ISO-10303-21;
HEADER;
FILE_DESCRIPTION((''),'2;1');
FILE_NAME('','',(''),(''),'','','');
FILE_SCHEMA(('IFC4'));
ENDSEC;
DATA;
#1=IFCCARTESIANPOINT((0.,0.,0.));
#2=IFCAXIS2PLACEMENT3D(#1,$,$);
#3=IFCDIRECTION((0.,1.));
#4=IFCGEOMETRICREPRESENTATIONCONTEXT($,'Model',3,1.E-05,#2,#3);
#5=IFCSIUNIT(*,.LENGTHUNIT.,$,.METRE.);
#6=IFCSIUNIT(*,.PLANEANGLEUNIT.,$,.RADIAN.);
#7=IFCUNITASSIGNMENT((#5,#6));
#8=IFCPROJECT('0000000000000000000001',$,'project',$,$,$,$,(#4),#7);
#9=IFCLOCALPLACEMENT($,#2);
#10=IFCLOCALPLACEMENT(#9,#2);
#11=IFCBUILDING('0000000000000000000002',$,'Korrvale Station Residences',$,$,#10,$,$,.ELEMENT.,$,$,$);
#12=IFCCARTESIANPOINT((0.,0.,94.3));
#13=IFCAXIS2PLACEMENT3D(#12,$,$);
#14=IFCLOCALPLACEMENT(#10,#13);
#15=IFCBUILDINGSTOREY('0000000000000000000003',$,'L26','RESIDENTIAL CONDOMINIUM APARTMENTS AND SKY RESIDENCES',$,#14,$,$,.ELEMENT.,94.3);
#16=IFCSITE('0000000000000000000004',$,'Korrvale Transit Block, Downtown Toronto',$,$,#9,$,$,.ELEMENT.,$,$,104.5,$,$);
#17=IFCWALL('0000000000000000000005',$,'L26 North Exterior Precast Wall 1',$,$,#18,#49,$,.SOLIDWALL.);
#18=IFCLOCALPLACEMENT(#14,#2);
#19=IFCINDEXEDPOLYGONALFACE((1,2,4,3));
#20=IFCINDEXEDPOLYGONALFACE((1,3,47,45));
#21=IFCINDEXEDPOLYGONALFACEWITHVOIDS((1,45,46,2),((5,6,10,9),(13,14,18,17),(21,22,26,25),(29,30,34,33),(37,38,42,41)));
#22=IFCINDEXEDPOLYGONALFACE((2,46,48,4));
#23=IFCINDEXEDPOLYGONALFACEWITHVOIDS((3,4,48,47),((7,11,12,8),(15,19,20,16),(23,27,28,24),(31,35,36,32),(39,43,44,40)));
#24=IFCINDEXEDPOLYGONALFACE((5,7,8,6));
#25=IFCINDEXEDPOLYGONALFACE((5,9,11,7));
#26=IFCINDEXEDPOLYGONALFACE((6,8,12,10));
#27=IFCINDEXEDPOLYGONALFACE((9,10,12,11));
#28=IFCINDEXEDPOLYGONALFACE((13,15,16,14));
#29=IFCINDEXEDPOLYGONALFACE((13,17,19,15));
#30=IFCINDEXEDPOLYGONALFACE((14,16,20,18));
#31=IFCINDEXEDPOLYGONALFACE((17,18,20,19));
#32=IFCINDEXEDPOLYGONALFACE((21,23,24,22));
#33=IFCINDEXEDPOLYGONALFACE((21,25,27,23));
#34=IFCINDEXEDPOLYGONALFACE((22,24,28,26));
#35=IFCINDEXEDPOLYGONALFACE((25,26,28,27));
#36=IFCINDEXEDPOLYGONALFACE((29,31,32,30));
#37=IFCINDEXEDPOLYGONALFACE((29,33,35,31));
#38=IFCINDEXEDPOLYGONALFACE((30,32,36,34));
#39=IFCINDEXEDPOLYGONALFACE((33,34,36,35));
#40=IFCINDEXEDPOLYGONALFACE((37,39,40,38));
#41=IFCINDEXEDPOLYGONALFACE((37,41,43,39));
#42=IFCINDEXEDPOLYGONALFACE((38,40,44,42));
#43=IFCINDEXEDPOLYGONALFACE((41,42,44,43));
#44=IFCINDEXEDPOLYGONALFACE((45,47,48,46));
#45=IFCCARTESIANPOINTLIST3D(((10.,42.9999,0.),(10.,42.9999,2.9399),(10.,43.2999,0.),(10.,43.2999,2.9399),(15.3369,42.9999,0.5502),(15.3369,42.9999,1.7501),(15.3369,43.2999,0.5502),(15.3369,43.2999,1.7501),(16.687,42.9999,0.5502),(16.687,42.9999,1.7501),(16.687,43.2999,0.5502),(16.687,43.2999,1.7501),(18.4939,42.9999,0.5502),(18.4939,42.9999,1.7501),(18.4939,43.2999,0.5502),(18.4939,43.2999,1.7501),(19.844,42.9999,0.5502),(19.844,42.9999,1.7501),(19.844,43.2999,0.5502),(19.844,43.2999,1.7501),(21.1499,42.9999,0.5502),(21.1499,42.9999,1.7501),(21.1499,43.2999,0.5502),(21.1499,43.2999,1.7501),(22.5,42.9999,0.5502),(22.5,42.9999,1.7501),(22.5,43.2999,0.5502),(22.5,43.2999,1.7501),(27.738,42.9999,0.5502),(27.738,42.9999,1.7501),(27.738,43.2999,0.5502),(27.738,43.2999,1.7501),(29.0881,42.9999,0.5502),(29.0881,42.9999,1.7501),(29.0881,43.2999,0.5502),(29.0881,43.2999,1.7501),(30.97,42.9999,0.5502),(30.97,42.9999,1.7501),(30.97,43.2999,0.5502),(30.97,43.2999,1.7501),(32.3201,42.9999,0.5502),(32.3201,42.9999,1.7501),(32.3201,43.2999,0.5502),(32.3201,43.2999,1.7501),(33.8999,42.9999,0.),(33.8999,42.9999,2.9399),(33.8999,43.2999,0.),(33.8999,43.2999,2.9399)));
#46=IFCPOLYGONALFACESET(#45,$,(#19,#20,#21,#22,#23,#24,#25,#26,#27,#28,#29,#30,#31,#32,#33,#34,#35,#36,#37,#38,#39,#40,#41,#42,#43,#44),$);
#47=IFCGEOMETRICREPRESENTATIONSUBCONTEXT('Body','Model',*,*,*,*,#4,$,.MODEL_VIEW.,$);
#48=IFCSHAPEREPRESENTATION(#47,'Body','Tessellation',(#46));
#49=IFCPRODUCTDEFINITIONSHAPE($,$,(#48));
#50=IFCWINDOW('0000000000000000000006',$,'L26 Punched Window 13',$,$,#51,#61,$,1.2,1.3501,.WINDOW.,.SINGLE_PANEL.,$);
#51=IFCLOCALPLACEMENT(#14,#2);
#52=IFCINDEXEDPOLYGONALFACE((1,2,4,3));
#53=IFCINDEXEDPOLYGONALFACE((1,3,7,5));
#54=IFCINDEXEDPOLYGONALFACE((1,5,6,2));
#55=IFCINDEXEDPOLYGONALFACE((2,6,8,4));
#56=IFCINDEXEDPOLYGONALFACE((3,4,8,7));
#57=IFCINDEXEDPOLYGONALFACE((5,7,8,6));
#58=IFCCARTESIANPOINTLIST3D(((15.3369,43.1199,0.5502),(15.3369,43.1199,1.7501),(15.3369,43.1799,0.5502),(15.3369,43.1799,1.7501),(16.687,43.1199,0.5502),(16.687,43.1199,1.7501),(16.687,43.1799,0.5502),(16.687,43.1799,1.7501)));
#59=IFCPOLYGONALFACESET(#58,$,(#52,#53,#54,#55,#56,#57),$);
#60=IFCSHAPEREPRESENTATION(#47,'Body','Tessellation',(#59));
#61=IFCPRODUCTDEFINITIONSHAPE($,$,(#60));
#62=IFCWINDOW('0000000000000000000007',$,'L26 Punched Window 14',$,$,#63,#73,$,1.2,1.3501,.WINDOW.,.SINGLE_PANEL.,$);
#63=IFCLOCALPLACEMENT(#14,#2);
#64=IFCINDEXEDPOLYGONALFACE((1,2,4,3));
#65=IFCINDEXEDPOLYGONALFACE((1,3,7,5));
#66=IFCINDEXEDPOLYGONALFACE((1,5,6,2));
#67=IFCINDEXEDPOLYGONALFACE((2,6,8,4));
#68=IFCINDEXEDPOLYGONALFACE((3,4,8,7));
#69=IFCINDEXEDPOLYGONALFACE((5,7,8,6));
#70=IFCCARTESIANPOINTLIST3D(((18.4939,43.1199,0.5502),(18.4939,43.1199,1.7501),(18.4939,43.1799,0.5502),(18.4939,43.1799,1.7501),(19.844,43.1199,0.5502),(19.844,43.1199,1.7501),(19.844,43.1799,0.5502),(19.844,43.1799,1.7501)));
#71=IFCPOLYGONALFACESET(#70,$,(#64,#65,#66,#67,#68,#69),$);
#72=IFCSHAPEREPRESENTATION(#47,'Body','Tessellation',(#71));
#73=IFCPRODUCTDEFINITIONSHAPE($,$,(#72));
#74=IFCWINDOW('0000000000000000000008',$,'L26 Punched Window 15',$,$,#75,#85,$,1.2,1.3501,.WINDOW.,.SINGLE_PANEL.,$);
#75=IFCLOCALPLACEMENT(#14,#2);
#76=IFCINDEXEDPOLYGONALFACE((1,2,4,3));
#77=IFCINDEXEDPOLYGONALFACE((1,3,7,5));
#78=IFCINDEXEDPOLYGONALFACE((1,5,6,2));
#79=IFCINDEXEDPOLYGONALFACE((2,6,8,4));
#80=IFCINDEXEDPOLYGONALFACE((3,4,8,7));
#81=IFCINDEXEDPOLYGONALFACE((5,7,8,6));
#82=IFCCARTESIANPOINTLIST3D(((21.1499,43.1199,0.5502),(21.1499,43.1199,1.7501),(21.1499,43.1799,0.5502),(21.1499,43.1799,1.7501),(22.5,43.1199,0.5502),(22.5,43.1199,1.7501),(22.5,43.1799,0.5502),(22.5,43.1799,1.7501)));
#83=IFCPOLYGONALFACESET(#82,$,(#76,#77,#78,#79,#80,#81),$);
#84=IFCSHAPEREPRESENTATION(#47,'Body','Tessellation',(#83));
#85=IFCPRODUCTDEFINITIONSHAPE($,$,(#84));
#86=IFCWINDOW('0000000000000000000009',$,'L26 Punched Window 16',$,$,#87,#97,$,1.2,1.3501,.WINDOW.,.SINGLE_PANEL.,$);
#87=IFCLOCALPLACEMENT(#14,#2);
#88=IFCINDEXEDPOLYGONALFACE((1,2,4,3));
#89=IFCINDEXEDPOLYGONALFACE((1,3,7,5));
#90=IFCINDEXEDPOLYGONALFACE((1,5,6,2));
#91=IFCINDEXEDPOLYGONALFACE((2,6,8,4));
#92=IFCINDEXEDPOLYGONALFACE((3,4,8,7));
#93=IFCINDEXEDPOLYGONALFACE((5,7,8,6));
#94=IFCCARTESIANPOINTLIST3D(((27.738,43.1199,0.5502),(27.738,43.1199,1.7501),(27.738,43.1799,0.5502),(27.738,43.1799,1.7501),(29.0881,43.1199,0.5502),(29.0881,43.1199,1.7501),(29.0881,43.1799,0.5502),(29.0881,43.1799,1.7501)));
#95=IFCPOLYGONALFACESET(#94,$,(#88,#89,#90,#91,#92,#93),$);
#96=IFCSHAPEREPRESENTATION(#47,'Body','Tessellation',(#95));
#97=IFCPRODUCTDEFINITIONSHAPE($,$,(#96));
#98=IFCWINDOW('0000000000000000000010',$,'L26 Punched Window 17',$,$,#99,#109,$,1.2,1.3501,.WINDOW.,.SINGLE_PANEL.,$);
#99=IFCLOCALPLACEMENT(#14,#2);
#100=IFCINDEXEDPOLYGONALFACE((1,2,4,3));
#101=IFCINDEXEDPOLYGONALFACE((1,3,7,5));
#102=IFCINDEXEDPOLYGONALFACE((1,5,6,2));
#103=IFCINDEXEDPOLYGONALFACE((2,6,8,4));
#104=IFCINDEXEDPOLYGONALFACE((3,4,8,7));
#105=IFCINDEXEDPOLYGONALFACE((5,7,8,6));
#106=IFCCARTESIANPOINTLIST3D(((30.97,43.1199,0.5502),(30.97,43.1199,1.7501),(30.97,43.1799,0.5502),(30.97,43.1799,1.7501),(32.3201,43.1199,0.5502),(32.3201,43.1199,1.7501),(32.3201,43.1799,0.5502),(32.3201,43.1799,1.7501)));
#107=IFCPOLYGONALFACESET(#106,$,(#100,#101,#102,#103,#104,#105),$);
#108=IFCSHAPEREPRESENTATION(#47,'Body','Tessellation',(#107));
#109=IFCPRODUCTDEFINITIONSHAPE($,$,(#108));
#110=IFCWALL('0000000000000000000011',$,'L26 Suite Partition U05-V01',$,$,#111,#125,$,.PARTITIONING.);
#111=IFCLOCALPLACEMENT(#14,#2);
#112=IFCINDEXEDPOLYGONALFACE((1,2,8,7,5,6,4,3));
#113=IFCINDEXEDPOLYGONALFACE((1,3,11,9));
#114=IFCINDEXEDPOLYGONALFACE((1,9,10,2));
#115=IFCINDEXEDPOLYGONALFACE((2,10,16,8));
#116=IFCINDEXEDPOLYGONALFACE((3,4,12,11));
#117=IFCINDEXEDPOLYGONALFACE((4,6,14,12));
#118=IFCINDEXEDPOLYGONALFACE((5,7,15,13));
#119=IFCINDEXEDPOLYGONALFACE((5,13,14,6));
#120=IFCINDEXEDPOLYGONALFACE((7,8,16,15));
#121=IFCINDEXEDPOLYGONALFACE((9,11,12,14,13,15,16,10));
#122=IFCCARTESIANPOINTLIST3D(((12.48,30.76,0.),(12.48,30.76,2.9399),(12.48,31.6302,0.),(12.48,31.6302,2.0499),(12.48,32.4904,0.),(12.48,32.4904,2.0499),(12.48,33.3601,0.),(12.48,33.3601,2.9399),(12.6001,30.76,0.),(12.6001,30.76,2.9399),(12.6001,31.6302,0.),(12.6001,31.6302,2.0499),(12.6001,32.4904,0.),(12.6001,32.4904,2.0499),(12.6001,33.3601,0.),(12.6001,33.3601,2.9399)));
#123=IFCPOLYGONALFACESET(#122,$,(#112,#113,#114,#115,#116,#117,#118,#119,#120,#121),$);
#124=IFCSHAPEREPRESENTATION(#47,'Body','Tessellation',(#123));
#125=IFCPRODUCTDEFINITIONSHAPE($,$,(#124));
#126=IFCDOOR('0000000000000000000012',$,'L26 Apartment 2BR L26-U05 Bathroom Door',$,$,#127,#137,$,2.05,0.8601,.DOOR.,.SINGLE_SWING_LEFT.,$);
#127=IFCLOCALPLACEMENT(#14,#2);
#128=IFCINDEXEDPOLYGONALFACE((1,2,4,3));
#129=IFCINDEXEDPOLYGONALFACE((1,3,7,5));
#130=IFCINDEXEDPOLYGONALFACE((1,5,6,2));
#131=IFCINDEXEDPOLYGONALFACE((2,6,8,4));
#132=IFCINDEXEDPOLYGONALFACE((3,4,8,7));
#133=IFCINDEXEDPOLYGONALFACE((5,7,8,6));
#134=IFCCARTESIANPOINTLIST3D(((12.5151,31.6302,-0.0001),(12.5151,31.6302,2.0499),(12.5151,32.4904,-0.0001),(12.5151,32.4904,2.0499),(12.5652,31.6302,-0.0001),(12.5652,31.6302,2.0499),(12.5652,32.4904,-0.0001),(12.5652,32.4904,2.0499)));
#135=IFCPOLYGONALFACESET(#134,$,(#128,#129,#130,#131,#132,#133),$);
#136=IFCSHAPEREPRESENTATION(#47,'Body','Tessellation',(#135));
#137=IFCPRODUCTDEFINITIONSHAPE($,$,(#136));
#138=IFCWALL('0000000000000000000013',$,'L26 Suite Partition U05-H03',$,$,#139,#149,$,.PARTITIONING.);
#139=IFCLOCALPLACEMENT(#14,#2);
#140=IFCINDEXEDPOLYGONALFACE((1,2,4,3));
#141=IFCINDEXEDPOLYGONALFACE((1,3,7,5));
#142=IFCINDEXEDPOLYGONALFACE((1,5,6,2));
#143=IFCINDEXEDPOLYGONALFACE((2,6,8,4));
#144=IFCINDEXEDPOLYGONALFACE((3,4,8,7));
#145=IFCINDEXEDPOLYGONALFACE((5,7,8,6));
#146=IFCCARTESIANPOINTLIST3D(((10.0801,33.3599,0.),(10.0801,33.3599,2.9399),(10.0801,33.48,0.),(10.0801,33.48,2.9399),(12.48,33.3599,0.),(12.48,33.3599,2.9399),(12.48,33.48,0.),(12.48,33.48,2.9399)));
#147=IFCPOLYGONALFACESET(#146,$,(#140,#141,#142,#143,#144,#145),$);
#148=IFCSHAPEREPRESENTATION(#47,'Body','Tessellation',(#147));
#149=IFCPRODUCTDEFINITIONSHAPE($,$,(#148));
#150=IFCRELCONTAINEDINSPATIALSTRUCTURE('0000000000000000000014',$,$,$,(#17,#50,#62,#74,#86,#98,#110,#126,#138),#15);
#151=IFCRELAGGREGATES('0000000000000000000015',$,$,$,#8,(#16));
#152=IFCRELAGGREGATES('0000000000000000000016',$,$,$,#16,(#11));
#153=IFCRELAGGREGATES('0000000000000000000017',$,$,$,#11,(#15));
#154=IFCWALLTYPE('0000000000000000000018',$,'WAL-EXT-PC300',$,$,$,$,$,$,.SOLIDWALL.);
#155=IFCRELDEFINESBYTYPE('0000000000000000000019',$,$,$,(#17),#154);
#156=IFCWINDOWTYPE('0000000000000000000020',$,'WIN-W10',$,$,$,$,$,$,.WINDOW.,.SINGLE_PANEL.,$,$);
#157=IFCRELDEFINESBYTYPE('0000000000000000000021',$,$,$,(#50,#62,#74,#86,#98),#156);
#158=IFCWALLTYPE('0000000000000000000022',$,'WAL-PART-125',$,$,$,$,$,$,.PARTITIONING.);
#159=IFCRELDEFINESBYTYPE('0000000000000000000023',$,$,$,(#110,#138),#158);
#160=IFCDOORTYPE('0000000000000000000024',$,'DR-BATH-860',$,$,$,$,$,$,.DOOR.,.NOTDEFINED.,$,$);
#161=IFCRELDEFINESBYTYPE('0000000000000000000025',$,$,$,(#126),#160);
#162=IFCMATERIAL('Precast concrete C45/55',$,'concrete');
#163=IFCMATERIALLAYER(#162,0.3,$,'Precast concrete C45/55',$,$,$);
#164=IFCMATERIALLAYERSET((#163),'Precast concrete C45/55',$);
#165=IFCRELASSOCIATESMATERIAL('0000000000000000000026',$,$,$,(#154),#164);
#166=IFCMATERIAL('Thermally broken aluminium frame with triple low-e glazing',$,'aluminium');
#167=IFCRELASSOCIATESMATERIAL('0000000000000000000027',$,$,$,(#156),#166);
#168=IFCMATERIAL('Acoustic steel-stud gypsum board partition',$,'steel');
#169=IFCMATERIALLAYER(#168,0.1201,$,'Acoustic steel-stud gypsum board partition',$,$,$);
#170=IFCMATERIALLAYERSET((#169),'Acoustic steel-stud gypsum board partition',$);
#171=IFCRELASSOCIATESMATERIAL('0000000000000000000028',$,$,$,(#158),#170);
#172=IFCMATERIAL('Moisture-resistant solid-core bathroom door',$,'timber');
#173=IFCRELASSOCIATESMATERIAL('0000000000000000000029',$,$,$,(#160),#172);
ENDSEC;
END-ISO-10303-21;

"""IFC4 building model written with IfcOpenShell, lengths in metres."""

from ifc_helpers import new_model, si_unit, direction, frame, frame_2d, origin, place, context, subcontext, project, spatial, rectangle, extrude, material, layer, layer_set, type_object, element, fill, save


model = new_model("IFC4")

# Units and contexts
model_context = context("Model", 3, precision=1e-05, world=origin(), true_north=direction((0.0, 1.0)))
body_context = subcontext(model_context, "Body", "Model", "MODEL_VIEW")
ifc_project = project(units=[si_unit("LENGTHUNIT", "METRE"), si_unit("PLANEANGLEUNIT", "RADIAN")], contexts=[model_context])

# Site, building, storey
site_placement = place(None, origin())
site = spatial("IfcSite", under=ifc_project, at=site_placement, Name="Korrvale Transit Block, Downtown Toronto", CompositionType="ELEMENT", RefElevation=104.5)
building_placement = place(site_placement, origin())
building = spatial("IfcBuilding", under=site, at=building_placement, Name="Korrvale Station Residences", CompositionType="ELEMENT")
storey_placement = place(building_placement, frame((0.0, 0.0, 94.3)))
storey = spatial("IfcBuildingStorey", under=building, at=storey_placement, Name="L26", Description="RESIDENTIAL CONDOMINIUM APARTMENTS AND SKY RESIDENCES", CompositionType="ELEMENT", Elevation=94.3)

# Shared definitions
ifc_material_1 = material(Name="Precast concrete C45/55", Category="concrete")

# Wall, openings, windows
ifc_layer_1 = layer(ifc_material_1, 0.3, Name="Precast concrete C45/55")
ifc_layer_set_1 = layer_set([ifc_layer_1], Name="Precast concrete C45/55")
wall_type_1 = type_object("IfcWallType", Name="WAL-EXT-PC300", PredefinedType="SOLIDWALL", material=ifc_layer_set_1)
wall_1_placement = place(storey_placement, frame((10.0, 43.1499, 0.0), z_axis=(0.0, 0.0, 1.0), x_axis=(1.0, 0.0, 0.0)))
wall_1 = element("IfcWall", 1, at=wall_1_placement, inside=storey, type_object=wall_type_1, Name="L26 North Exterior Precast Wall 1", PredefinedType="SOLIDWALL", context=body_context, shape_type="SweptSolid", body=[
    extrude(rectangle(XDim=23.8999, YDim=0.3, at=frame_2d((11.95, 0.0))), origin(), (0.0, 0.0, 1.0), 2.9399),
])
opening_1_placement = place(wall_1_placement, frame((5.3369, 0.0, 0.55)))
opening_1 = element("IfcOpeningElement", 2, at=opening_1_placement, cuts=wall_1, PredefinedType="OPENING", context=body_context, shape_type="SweptSolid", body=[
    extrude(rectangle(XDim=1.3501, YDim=1.2, at=frame_2d((0.675, 0.6001))), frame((0.0, 0.1602, 0.0), z_axis=(0.0, -1.0, 0.0), x_axis=(1.0, 0.0, 0.0)), (0.0, 0.0, 1.0), 0.3201),
])
opening_2_placement = place(wall_1_placement, frame((8.4939, 0.0, 0.55)))
opening_2 = element("IfcOpeningElement", 3, at=opening_2_placement, cuts=wall_1, PredefinedType="OPENING", context=body_context, shape_type="SweptSolid", body=[
    extrude(rectangle(XDim=1.3501, YDim=1.2, at=frame_2d((0.675, 0.6001))), frame((0.0, 0.1602, 0.0), z_axis=(0.0, -1.0, 0.0), x_axis=(1.0, 0.0, 0.0)), (0.0, 0.0, 1.0), 0.3201),
])
opening_3_placement = place(wall_1_placement, frame((11.1499, 0.0, 0.55)))
opening_3 = element("IfcOpeningElement", 4, at=opening_3_placement, cuts=wall_1, PredefinedType="OPENING", context=body_context, shape_type="SweptSolid", body=[
    extrude(rectangle(XDim=1.3501, YDim=1.2, at=frame_2d((0.675, 0.6001))), frame((0.0, 0.1602, 0.0), z_axis=(0.0, -1.0, 0.0), x_axis=(1.0, 0.0, 0.0)), (0.0, 0.0, 1.0), 0.3201),
])
opening_4_placement = place(wall_1_placement, frame((17.738, 0.0, 0.55)))
opening_4 = element("IfcOpeningElement", 5, at=opening_4_placement, cuts=wall_1, PredefinedType="OPENING", context=body_context, shape_type="SweptSolid", body=[
    extrude(rectangle(XDim=1.3501, YDim=1.2, at=frame_2d((0.675, 0.6001))), frame((0.0, 0.1602, 0.0), z_axis=(0.0, -1.0, 0.0), x_axis=(1.0, 0.0, 0.0)), (0.0, 0.0, 1.0), 0.3201),
])
opening_5_placement = place(wall_1_placement, frame((20.97, 0.0, 0.55)))
opening_5 = element("IfcOpeningElement", 6, at=opening_5_placement, cuts=wall_1, PredefinedType="OPENING", context=body_context, shape_type="SweptSolid", body=[
    extrude(rectangle(XDim=1.3501, YDim=1.2, at=frame_2d((0.675, 0.6001))), frame((0.0, 0.1602, 0.0), z_axis=(0.0, -1.0, 0.0), x_axis=(1.0, 0.0, 0.0)), (0.0, 0.0, 1.0), 0.3201),
])
ifc_material_2 = material(Name="Thermally broken aluminium frame with triple low-e glazing", Category="aluminium")
window_type = type_object("IfcWindowType", Name="WIN-W10", PartitioningType="SINGLE_PANEL", PredefinedType="WINDOW", material=ifc_material_2)
window_1_placement = place(opening_1_placement, origin())
window_1 = element("IfcWindow", 7, at=window_1_placement, inside=storey, type_object=window_type, Name="L26 Punched Window 13", OverallHeight=1.2, OverallWidth=1.3501, PartitioningType="SINGLE_PANEL", PredefinedType="WINDOW", context=body_context, shape_type="SweptSolid", body=[
    extrude(rectangle(XDim=1.3501, YDim=1.2, at=frame_2d((0.675, 0.6001))), frame((0.0, 0.03, 0.0), z_axis=(0.0, -1.0, 0.0), x_axis=(1.0, 0.0, 0.0)), (0.0, 0.0, 1.0), 0.0601),
])
fill(opening_1, window_1)
window_2_placement = place(opening_2_placement, origin())
window_2 = element("IfcWindow", 8, at=window_2_placement, inside=storey, type_object=window_type, Name="L26 Punched Window 14", OverallHeight=1.2, OverallWidth=1.3501, PartitioningType="SINGLE_PANEL", PredefinedType="WINDOW", context=body_context, shape_type="SweptSolid", body=[
    extrude(rectangle(XDim=1.3501, YDim=1.2, at=frame_2d((0.675, 0.6001))), frame((0.0, 0.03, 0.0), z_axis=(0.0, -1.0, 0.0), x_axis=(1.0, 0.0, 0.0)), (0.0, 0.0, 1.0), 0.0601),
])
fill(opening_2, window_2)
window_3_placement = place(opening_3_placement, origin())
window_3 = element("IfcWindow", 9, at=window_3_placement, inside=storey, type_object=window_type, Name="L26 Punched Window 15", OverallHeight=1.2, OverallWidth=1.3501, PartitioningType="SINGLE_PANEL", PredefinedType="WINDOW", context=body_context, shape_type="SweptSolid", body=[
    extrude(rectangle(XDim=1.3501, YDim=1.2, at=frame_2d((0.675, 0.6001))), frame((0.0, 0.03, 0.0), z_axis=(0.0, -1.0, 0.0), x_axis=(1.0, 0.0, 0.0)), (0.0, 0.0, 1.0), 0.0601),
])
fill(opening_3, window_3)
window_4_placement = place(opening_4_placement, origin())
window_4 = element("IfcWindow", 10, at=window_4_placement, inside=storey, type_object=window_type, Name="L26 Punched Window 16", OverallHeight=1.2, OverallWidth=1.3501, PartitioningType="SINGLE_PANEL", PredefinedType="WINDOW", context=body_context, shape_type="SweptSolid", body=[
    extrude(rectangle(XDim=1.3501, YDim=1.2, at=frame_2d((0.675, 0.6001))), frame((0.0, 0.03, 0.0), z_axis=(0.0, -1.0, 0.0), x_axis=(1.0, 0.0, 0.0)), (0.0, 0.0, 1.0), 0.0601),
])
fill(opening_4, window_4)
window_5_placement = place(opening_5_placement, origin())
window_5 = element("IfcWindow", 11, at=window_5_placement, inside=storey, type_object=window_type, Name="L26 Punched Window 17", OverallHeight=1.2, OverallWidth=1.3501, PartitioningType="SINGLE_PANEL", PredefinedType="WINDOW", context=body_context, shape_type="SweptSolid", body=[
    extrude(rectangle(XDim=1.3501, YDim=1.2, at=frame_2d((0.675, 0.6001))), frame((0.0, 0.03, 0.0), z_axis=(0.0, -1.0, 0.0), x_axis=(1.0, 0.0, 0.0)), (0.0, 0.0, 1.0), 0.0601),
])
fill(opening_5, window_5)

# Wall, opening, door
ifc_material_3 = material(Name="Acoustic steel-stud gypsum board partition", Category="steel")
ifc_layer_2 = layer(ifc_material_3, 0.1201, Name="Acoustic steel-stud gypsum board partition")
ifc_layer_set_2 = layer_set([ifc_layer_2], Name="Acoustic steel-stud gypsum board partition")
wall_type_2 = type_object("IfcWallType", Name="WAL-PART-125", PredefinedType="PARTITIONING", material=ifc_layer_set_2)
wall_2_placement = place(storey_placement, frame((12.54, 30.76, 0.0), z_axis=(0.0, 0.0, 1.0), x_axis=(0.0, 1.0, 0.0)))
wall_2 = element("IfcWall", 12, at=wall_2_placement, inside=storey, type_object=wall_type_2, Name="L26 Suite Partition U05-V01", PredefinedType="PARTITIONING", context=body_context, shape_type="SweptSolid", body=[
    extrude(rectangle(XDim=2.6001, YDim=0.1201, at=frame_2d((1.3, 0.0))), origin(), (0.0, 0.0, 1.0), 2.9399),
])
opening_6_placement = place(wall_2_placement, frame((0.8701, 0.0, 0.0)))
opening_6 = element("IfcOpeningElement", 13, at=opening_6_placement, cuts=wall_2, PredefinedType="OPENING", context=body_context, shape_type="SweptSolid", body=[
    extrude(rectangle(XDim=0.8601, YDim=2.05, at=frame_2d((0.4302, 1.0249))), frame((0.0, 0.0701, 0.0), z_axis=(0.0, -1.0, 0.0), x_axis=(1.0, 0.0, 0.0)), (0.0, 0.0, 1.0), 0.1401),
])
ifc_material_4 = material(Name="Moisture-resistant solid-core bathroom door", Category="timber")
door_type_1 = type_object("IfcDoorType", Name="DR-BATH-860", OperationType="NOTDEFINED", PredefinedType="DOOR", material=ifc_material_4)
door_1_placement = place(opening_6_placement, origin())
door_1 = element("IfcDoor", 14, at=door_1_placement, inside=storey, type_object=door_type_1, Name="L26 Apartment 2BR L26-U05 Bathroom Door", OperationType="SINGLE_SWING_LEFT", OverallHeight=2.05, OverallWidth=0.8601, PredefinedType="DOOR", context=body_context, shape_type="SweptSolid", body=[
    extrude(rectangle(XDim=0.8601, YDim=2.05, at=frame_2d((0.4302, 1.0249))), frame((0.0, 0.0249, 0.0), z_axis=(0.0, -1.0, 0.0), x_axis=(1.0, 0.0, 0.0)), (0.0, 0.0, 1.0), 0.05),
])
fill(opening_6, door_1)

# Wall
wall_3_placement = place(storey_placement, frame((10.0801, 33.4199, 0.0), z_axis=(0.0, 0.0, 1.0), x_axis=(1.0, 0.0, 0.0)))
element("IfcWall", 15, at=wall_3_placement, inside=storey, type_object=wall_type_2, Name="L26 Suite Partition U05-H03", PredefinedType="PARTITIONING", context=body_context, shape_type="SweptSolid", body=[
    extrude(rectangle(XDim=2.3999, YDim=0.1201, at=frame_2d((1.2, 0.0))), origin(), (0.0, 0.0, 1.0), 2.9399),
])

save(model, "model.ifc")
